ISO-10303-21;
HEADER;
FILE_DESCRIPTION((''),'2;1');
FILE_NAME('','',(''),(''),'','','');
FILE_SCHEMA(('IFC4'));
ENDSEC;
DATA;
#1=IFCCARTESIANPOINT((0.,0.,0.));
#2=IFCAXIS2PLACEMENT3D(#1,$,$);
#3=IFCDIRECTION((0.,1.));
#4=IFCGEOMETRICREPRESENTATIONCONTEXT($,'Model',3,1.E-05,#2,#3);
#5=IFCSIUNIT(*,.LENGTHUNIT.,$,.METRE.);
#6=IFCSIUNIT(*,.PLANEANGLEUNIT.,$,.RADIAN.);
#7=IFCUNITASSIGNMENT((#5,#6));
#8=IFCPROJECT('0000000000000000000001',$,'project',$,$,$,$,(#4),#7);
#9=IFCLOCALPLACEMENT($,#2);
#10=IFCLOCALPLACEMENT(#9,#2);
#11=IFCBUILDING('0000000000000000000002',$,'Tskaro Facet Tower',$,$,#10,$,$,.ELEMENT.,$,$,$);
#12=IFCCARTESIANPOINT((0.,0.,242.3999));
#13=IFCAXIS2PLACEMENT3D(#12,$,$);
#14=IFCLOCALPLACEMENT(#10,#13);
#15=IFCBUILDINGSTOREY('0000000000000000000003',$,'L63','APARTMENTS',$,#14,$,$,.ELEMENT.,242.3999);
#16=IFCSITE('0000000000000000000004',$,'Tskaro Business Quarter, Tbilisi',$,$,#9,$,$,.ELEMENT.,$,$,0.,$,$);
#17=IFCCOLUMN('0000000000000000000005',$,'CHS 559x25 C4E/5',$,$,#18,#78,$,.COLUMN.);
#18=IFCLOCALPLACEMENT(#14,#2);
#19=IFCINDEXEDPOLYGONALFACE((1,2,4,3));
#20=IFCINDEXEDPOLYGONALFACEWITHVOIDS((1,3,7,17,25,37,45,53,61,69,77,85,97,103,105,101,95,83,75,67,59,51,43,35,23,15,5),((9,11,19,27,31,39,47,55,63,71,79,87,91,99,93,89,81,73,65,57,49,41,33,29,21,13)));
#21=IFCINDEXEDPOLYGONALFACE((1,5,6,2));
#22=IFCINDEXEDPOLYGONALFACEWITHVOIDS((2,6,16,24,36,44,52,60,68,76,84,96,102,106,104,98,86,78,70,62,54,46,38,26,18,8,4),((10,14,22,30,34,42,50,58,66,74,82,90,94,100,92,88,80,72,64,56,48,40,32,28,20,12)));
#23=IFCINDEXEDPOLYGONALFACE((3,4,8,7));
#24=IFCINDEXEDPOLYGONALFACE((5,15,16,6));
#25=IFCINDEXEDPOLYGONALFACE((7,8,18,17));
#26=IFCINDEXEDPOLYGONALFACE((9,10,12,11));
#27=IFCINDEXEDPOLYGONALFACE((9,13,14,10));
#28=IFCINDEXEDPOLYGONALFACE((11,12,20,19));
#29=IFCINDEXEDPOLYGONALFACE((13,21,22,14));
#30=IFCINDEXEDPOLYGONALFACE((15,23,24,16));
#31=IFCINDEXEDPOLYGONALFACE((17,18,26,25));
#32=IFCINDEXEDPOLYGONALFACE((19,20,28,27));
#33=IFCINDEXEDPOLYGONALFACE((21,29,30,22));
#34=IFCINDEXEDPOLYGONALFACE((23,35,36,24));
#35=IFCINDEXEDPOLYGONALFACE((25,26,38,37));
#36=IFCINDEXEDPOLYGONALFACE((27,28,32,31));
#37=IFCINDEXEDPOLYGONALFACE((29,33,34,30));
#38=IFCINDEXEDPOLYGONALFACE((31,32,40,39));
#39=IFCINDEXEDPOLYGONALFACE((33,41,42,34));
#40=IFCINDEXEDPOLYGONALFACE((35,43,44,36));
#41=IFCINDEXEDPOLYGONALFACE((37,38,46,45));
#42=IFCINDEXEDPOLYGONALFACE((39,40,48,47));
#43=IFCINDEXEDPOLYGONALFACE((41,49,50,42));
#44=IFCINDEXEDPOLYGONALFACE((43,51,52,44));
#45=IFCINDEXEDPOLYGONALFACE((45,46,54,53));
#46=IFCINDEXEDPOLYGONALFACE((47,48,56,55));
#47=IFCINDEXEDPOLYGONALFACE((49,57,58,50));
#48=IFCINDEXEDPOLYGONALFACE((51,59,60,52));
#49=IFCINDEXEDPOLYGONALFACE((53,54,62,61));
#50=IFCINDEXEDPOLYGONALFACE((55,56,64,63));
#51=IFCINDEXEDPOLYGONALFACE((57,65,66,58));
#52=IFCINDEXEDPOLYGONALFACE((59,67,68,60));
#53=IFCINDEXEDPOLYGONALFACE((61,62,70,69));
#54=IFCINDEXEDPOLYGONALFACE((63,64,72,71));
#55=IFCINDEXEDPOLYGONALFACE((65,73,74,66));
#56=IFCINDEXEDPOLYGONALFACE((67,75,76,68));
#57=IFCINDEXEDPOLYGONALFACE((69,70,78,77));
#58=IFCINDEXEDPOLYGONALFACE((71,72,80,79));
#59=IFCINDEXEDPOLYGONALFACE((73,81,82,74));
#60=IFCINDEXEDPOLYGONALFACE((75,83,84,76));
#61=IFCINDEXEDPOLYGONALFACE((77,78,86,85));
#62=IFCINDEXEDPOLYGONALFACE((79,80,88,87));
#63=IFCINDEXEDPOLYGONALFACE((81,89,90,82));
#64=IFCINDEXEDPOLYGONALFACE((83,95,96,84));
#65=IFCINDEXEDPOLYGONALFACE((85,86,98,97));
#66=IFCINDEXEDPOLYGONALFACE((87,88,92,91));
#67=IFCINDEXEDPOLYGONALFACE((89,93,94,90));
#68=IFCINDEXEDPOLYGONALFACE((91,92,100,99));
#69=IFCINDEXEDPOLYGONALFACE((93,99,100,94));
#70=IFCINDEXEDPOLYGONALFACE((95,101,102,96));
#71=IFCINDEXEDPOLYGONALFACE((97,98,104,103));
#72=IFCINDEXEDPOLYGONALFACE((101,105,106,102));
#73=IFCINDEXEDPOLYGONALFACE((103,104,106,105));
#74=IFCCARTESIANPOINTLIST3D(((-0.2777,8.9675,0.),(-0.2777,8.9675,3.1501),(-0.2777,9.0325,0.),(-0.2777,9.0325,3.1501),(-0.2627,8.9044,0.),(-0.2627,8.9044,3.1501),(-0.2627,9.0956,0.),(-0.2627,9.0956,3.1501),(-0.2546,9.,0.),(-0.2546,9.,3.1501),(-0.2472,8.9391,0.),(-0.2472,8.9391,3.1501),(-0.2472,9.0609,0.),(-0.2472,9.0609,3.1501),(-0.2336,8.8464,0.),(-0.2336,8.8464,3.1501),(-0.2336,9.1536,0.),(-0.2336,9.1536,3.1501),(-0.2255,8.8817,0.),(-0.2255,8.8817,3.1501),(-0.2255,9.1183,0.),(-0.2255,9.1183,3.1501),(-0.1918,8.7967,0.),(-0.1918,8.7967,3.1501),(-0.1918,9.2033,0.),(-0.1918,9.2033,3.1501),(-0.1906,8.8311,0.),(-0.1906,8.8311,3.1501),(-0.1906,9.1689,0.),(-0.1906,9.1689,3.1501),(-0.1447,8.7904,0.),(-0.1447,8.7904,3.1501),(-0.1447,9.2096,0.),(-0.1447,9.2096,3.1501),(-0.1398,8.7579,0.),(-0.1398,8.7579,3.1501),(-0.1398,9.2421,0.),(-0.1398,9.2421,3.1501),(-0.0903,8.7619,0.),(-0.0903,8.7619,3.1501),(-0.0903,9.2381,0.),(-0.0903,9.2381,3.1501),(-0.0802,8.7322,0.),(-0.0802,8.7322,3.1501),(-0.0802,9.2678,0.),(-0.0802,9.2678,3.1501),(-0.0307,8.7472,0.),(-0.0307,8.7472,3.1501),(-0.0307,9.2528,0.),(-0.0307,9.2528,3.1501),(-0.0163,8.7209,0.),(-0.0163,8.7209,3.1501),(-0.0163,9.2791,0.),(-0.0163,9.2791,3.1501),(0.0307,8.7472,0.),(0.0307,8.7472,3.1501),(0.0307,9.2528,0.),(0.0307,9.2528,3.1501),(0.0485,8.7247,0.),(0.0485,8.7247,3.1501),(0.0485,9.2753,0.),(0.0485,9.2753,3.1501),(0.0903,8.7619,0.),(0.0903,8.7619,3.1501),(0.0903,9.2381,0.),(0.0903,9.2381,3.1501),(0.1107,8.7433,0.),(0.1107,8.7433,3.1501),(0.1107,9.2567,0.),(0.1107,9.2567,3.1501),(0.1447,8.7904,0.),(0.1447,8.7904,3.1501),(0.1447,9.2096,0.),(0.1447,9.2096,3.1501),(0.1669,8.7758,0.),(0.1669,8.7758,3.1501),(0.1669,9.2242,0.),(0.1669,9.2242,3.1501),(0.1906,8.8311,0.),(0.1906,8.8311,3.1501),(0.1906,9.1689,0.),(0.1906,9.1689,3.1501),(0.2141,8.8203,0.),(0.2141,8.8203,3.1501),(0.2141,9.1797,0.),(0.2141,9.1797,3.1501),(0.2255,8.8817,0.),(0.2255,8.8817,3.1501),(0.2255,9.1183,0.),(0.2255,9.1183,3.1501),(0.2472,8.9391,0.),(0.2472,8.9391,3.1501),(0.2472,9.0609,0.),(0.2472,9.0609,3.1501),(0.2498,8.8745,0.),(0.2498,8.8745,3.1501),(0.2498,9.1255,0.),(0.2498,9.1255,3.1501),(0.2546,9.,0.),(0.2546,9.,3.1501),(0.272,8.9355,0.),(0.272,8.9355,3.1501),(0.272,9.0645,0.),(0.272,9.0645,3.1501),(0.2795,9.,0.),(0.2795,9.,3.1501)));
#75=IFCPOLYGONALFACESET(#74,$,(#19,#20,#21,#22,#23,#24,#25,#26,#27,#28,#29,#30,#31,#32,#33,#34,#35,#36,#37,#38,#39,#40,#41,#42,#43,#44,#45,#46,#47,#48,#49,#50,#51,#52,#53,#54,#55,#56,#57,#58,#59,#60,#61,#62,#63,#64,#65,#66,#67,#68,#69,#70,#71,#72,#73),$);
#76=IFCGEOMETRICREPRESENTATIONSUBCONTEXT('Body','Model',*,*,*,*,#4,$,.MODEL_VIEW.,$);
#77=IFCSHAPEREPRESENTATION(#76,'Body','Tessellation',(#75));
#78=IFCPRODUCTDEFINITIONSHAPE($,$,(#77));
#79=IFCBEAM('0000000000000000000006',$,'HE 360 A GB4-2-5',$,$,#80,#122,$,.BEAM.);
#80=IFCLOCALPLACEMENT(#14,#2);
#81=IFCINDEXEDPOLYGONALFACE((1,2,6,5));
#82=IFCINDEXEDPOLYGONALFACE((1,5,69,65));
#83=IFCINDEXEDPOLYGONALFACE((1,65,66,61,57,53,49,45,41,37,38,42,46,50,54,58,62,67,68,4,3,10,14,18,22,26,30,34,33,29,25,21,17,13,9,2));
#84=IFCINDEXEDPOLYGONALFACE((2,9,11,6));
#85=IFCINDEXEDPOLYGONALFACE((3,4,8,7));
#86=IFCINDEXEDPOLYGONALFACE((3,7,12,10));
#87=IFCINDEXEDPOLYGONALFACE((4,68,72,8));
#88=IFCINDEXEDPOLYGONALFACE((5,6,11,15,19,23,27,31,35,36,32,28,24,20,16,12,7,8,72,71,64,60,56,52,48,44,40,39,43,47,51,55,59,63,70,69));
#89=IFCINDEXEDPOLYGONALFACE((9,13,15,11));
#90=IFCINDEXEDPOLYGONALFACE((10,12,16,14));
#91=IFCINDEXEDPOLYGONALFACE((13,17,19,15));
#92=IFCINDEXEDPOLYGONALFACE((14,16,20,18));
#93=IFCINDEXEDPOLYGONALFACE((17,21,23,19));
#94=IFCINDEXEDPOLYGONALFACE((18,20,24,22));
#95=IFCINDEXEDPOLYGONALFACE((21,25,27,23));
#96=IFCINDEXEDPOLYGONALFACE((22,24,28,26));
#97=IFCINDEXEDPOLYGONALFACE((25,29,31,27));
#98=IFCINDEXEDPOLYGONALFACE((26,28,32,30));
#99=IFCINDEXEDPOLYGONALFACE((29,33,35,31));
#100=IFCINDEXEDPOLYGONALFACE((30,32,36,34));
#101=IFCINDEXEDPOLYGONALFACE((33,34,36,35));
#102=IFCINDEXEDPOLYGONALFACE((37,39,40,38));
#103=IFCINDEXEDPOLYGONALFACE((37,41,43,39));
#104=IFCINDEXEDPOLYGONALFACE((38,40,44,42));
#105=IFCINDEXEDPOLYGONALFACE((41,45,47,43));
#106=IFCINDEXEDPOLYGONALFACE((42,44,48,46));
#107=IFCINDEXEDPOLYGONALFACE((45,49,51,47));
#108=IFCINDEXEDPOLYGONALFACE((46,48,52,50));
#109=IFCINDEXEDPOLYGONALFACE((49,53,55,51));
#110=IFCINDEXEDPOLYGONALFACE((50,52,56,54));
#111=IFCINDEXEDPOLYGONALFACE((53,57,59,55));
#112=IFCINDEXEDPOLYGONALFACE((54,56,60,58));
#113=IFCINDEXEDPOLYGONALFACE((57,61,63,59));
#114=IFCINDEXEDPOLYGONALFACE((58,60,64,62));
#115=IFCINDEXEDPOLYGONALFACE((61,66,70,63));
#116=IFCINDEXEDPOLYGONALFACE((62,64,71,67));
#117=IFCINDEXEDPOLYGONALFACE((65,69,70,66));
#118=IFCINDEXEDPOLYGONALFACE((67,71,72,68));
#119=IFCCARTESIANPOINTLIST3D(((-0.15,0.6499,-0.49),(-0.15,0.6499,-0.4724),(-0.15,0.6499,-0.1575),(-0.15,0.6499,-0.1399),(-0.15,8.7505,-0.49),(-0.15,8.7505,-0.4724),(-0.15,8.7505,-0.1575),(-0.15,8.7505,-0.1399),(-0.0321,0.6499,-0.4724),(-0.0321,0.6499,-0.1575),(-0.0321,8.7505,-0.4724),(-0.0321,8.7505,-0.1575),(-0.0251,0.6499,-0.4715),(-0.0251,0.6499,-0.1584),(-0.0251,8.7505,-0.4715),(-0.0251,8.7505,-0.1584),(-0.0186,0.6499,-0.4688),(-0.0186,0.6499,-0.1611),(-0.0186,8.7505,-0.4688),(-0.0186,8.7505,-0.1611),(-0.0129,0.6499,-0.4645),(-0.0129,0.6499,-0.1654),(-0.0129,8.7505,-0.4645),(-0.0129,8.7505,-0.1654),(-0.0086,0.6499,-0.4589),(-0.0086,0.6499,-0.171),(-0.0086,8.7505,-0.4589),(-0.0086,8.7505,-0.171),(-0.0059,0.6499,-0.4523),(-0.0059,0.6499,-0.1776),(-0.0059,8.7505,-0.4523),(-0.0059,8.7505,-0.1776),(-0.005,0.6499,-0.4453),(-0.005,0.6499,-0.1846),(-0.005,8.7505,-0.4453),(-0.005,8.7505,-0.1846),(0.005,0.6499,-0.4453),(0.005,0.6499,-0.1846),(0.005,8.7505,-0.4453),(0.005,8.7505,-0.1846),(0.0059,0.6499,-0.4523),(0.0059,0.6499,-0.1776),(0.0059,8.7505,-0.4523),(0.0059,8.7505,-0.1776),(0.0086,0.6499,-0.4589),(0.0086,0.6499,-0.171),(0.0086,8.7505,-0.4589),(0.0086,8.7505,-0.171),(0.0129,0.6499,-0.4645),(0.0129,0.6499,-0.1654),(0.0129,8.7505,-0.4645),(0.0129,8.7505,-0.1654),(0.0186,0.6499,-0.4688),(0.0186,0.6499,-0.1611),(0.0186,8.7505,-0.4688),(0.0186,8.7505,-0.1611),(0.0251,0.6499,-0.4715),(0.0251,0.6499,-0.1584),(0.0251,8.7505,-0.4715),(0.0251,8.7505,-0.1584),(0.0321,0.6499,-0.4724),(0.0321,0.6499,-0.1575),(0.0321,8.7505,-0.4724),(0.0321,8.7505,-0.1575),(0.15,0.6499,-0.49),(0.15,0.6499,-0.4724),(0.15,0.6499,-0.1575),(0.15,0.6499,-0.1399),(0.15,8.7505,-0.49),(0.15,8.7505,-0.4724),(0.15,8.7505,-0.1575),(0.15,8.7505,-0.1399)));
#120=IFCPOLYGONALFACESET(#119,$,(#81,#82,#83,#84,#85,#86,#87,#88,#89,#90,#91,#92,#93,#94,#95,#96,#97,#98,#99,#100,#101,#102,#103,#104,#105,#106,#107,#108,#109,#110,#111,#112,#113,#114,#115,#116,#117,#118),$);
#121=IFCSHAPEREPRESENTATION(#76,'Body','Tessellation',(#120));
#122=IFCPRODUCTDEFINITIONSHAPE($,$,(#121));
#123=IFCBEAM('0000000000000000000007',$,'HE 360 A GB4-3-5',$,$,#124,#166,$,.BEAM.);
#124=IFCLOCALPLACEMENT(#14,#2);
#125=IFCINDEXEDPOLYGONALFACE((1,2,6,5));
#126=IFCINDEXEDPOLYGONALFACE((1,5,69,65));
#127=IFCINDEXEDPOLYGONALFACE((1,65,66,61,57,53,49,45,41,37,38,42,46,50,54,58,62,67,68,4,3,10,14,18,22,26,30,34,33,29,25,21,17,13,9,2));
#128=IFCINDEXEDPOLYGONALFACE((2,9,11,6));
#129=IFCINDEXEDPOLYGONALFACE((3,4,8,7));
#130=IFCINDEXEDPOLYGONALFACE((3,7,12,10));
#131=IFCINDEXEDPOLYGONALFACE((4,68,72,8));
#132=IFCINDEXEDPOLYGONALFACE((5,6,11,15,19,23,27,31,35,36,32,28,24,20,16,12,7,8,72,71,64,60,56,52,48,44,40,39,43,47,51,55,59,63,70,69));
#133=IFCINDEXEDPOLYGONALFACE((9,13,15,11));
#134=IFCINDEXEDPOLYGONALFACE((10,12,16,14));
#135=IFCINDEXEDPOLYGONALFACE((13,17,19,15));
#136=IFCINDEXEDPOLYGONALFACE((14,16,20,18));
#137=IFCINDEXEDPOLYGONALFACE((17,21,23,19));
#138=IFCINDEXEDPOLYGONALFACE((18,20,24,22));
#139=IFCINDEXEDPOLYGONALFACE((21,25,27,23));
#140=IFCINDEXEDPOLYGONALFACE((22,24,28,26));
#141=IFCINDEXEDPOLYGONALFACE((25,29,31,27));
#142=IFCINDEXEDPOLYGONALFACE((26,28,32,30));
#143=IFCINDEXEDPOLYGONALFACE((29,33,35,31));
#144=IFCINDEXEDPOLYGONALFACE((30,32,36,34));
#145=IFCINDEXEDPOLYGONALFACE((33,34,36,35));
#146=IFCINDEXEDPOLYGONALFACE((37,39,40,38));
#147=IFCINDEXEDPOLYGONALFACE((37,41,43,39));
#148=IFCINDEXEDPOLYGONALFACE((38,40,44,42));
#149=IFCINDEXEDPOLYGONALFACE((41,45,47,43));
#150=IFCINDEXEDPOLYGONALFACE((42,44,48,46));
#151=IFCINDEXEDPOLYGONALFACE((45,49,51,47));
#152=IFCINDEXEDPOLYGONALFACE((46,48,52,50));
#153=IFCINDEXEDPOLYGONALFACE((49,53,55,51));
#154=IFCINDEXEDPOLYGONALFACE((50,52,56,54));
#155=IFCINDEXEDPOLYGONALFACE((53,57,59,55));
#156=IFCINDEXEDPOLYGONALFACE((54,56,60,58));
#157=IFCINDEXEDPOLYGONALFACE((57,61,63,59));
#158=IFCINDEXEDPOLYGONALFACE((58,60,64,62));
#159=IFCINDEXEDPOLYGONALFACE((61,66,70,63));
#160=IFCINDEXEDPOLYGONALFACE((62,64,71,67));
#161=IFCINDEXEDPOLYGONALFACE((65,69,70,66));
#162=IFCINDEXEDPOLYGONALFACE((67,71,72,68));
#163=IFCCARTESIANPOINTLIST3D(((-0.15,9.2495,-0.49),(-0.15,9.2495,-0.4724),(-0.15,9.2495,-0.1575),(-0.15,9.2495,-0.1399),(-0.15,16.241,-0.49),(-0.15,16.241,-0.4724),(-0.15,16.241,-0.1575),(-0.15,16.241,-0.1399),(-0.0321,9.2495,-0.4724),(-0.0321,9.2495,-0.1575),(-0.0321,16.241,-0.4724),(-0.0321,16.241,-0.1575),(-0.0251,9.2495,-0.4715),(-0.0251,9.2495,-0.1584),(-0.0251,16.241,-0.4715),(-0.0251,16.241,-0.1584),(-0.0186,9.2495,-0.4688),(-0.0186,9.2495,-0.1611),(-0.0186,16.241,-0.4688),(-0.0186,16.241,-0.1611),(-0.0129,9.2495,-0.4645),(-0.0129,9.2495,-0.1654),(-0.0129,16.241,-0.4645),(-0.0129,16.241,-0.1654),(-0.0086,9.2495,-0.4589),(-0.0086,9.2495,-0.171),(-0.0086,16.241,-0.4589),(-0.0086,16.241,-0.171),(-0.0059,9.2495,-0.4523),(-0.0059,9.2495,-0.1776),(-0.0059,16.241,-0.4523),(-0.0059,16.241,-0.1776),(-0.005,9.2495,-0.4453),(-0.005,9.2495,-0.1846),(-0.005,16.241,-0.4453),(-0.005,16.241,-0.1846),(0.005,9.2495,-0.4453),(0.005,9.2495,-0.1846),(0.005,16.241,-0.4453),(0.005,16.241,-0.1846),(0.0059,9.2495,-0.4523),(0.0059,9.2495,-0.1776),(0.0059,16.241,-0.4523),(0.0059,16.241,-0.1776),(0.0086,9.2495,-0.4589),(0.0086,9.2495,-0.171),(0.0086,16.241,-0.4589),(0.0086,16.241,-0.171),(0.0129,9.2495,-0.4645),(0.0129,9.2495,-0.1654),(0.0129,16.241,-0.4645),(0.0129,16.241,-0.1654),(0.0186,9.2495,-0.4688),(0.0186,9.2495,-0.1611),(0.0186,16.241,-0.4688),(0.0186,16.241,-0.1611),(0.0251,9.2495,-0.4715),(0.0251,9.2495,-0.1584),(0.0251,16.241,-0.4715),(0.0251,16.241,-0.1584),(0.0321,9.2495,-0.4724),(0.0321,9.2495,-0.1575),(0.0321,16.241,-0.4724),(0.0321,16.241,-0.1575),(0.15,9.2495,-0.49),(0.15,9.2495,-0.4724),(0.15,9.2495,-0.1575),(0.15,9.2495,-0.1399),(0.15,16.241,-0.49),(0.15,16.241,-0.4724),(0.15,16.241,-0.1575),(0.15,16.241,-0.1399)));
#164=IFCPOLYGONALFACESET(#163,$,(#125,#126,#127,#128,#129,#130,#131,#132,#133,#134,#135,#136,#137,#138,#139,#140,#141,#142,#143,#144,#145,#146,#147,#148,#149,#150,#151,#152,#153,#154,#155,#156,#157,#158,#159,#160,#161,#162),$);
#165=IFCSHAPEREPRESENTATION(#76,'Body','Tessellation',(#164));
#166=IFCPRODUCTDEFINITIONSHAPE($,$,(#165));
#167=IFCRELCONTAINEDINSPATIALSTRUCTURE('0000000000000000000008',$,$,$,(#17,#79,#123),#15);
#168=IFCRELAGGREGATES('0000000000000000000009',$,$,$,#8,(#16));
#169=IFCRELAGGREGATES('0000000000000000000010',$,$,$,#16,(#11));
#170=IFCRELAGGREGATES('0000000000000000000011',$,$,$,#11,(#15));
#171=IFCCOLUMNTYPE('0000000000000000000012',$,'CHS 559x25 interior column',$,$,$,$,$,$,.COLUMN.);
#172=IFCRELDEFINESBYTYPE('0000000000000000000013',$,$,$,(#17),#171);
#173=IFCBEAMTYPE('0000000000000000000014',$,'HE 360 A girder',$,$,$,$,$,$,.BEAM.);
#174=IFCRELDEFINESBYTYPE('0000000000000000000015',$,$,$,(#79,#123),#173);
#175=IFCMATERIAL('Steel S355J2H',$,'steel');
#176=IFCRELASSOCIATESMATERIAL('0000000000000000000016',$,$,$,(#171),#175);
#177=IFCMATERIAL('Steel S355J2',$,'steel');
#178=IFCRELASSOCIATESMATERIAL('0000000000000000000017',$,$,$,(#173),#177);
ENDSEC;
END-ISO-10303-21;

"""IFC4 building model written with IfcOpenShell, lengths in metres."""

from ifc_helpers import new_model, si_unit, direction, frame, origin, origin_2d, place, context, subcontext, project, spatial, hollow_circle, i_section, extrude, material, material_profile, profile_set, type_object, element, save


model = new_model("IFC4")

# Units and contexts
model_context = context("Model", 3, precision=1e-05, world=origin(), true_north=direction((0.0, 1.0)))
body_context = subcontext(model_context, "Body", "Model", "MODEL_VIEW")
ifc_project = project(units=[si_unit("LENGTHUNIT", "METRE"), si_unit("PLANEANGLEUNIT", "RADIAN")], contexts=[model_context])

# Site, building, storey
site_placement = place(None, origin())
site = spatial("IfcSite", under=ifc_project, at=site_placement, Name="Tskaro Business Quarter, Tbilisi", CompositionType="ELEMENT", RefElevation=0.0)
building_placement = place(site_placement, origin())
building = spatial("IfcBuilding", under=site, at=building_placement, Name="Tskaro Facet Tower", CompositionType="ELEMENT")
storey_placement = place(building_placement, frame((0.0, 0.0, 242.3999)))
storey = spatial("IfcBuildingStorey", under=building, at=storey_placement, Name="L63", Description="APARTMENTS", CompositionType="ELEMENT", Elevation=242.3999)

# Column
ifc_material_1 = material(Name="Steel S355J2H", Category="steel")
ifc_material_profile_1 = material_profile(ifc_material_1, hollow_circle(Radius=0.2795, WallThickness=0.0249, at=origin_2d()), Name="CHS 559x25")
ifc_profile_set_1 = profile_set([ifc_material_profile_1], Name="Steel S355J2H")
column_type = type_object("IfcColumnType", Name="CHS 559x25 interior column", PredefinedType="COLUMN", material=ifc_profile_set_1)
column_placement = place(storey_placement, frame((0.0, 9.0, 0.0), z_axis=(0.0, 0.0, 1.0), x_axis=(1.0, 0.0, 0.0)))
element("IfcColumn", 1, at=column_placement, inside=storey, type_object=column_type, Name="CHS 559x25 C4E/5", PredefinedType="COLUMN", context=body_context, shape_type="SweptSolid", body=[
    extrude(hollow_circle(Radius=0.2795, WallThickness=0.0249, at=origin_2d()), origin(), (0.0, 0.0, 1.0), 3.1501),
])

# Beams
ifc_material_2 = material(Name="Steel S355J2", Category="steel")
ifc_material_profile_2 = material_profile(ifc_material_2, i_section(OverallWidth=0.3, OverallDepth=0.3501, WebThickness=0.01, FlangeThickness=0.0176, FilletRadius=0.0271, at=origin_2d()), Name="HE 360 A")
ifc_profile_set_2 = profile_set([ifc_material_profile_2], Name="Steel S355J2")
beam_type_1 = type_object("IfcBeamType", Name="HE 360 A girder", PredefinedType="BEAM", material=ifc_profile_set_2)
beam_1_placement = place(storey_placement, frame((0.0, 0.6499, -0.3149), z_axis=(0.0, 1.0, 0.0), x_axis=(-1.0, 0.0, 0.0)))
element("IfcBeam", 2, at=beam_1_placement, inside=storey, type_object=beam_type_1, Name="HE 360 A GB4-2-5", PredefinedType="BEAM", context=body_context, shape_type="SweptSolid", body=[
    extrude(i_section(OverallWidth=0.3, OverallDepth=0.3501, WebThickness=0.01, FlangeThickness=0.0176, FilletRadius=0.0271, at=origin_2d()), origin(), (0.0, 0.0, 1.0), 8.1006),
])
beam_2_placement = place(storey_placement, frame((0.0, 9.2495, -0.3149), z_axis=(0.0, 1.0, 0.0), x_axis=(-1.0, 0.0, 0.0)))
element("IfcBeam", 3, at=beam_2_placement, inside=storey, type_object=beam_type_1, Name="HE 360 A GB4-3-5", PredefinedType="BEAM", context=body_context, shape_type="SweptSolid", body=[
    extrude(i_section(OverallWidth=0.3, OverallDepth=0.3501, WebThickness=0.01, FlangeThickness=0.0176, FilletRadius=0.0271, at=origin_2d()), origin(), (0.0, 0.0, 1.0), 6.9915),
])

save(model, "model.ifc")
